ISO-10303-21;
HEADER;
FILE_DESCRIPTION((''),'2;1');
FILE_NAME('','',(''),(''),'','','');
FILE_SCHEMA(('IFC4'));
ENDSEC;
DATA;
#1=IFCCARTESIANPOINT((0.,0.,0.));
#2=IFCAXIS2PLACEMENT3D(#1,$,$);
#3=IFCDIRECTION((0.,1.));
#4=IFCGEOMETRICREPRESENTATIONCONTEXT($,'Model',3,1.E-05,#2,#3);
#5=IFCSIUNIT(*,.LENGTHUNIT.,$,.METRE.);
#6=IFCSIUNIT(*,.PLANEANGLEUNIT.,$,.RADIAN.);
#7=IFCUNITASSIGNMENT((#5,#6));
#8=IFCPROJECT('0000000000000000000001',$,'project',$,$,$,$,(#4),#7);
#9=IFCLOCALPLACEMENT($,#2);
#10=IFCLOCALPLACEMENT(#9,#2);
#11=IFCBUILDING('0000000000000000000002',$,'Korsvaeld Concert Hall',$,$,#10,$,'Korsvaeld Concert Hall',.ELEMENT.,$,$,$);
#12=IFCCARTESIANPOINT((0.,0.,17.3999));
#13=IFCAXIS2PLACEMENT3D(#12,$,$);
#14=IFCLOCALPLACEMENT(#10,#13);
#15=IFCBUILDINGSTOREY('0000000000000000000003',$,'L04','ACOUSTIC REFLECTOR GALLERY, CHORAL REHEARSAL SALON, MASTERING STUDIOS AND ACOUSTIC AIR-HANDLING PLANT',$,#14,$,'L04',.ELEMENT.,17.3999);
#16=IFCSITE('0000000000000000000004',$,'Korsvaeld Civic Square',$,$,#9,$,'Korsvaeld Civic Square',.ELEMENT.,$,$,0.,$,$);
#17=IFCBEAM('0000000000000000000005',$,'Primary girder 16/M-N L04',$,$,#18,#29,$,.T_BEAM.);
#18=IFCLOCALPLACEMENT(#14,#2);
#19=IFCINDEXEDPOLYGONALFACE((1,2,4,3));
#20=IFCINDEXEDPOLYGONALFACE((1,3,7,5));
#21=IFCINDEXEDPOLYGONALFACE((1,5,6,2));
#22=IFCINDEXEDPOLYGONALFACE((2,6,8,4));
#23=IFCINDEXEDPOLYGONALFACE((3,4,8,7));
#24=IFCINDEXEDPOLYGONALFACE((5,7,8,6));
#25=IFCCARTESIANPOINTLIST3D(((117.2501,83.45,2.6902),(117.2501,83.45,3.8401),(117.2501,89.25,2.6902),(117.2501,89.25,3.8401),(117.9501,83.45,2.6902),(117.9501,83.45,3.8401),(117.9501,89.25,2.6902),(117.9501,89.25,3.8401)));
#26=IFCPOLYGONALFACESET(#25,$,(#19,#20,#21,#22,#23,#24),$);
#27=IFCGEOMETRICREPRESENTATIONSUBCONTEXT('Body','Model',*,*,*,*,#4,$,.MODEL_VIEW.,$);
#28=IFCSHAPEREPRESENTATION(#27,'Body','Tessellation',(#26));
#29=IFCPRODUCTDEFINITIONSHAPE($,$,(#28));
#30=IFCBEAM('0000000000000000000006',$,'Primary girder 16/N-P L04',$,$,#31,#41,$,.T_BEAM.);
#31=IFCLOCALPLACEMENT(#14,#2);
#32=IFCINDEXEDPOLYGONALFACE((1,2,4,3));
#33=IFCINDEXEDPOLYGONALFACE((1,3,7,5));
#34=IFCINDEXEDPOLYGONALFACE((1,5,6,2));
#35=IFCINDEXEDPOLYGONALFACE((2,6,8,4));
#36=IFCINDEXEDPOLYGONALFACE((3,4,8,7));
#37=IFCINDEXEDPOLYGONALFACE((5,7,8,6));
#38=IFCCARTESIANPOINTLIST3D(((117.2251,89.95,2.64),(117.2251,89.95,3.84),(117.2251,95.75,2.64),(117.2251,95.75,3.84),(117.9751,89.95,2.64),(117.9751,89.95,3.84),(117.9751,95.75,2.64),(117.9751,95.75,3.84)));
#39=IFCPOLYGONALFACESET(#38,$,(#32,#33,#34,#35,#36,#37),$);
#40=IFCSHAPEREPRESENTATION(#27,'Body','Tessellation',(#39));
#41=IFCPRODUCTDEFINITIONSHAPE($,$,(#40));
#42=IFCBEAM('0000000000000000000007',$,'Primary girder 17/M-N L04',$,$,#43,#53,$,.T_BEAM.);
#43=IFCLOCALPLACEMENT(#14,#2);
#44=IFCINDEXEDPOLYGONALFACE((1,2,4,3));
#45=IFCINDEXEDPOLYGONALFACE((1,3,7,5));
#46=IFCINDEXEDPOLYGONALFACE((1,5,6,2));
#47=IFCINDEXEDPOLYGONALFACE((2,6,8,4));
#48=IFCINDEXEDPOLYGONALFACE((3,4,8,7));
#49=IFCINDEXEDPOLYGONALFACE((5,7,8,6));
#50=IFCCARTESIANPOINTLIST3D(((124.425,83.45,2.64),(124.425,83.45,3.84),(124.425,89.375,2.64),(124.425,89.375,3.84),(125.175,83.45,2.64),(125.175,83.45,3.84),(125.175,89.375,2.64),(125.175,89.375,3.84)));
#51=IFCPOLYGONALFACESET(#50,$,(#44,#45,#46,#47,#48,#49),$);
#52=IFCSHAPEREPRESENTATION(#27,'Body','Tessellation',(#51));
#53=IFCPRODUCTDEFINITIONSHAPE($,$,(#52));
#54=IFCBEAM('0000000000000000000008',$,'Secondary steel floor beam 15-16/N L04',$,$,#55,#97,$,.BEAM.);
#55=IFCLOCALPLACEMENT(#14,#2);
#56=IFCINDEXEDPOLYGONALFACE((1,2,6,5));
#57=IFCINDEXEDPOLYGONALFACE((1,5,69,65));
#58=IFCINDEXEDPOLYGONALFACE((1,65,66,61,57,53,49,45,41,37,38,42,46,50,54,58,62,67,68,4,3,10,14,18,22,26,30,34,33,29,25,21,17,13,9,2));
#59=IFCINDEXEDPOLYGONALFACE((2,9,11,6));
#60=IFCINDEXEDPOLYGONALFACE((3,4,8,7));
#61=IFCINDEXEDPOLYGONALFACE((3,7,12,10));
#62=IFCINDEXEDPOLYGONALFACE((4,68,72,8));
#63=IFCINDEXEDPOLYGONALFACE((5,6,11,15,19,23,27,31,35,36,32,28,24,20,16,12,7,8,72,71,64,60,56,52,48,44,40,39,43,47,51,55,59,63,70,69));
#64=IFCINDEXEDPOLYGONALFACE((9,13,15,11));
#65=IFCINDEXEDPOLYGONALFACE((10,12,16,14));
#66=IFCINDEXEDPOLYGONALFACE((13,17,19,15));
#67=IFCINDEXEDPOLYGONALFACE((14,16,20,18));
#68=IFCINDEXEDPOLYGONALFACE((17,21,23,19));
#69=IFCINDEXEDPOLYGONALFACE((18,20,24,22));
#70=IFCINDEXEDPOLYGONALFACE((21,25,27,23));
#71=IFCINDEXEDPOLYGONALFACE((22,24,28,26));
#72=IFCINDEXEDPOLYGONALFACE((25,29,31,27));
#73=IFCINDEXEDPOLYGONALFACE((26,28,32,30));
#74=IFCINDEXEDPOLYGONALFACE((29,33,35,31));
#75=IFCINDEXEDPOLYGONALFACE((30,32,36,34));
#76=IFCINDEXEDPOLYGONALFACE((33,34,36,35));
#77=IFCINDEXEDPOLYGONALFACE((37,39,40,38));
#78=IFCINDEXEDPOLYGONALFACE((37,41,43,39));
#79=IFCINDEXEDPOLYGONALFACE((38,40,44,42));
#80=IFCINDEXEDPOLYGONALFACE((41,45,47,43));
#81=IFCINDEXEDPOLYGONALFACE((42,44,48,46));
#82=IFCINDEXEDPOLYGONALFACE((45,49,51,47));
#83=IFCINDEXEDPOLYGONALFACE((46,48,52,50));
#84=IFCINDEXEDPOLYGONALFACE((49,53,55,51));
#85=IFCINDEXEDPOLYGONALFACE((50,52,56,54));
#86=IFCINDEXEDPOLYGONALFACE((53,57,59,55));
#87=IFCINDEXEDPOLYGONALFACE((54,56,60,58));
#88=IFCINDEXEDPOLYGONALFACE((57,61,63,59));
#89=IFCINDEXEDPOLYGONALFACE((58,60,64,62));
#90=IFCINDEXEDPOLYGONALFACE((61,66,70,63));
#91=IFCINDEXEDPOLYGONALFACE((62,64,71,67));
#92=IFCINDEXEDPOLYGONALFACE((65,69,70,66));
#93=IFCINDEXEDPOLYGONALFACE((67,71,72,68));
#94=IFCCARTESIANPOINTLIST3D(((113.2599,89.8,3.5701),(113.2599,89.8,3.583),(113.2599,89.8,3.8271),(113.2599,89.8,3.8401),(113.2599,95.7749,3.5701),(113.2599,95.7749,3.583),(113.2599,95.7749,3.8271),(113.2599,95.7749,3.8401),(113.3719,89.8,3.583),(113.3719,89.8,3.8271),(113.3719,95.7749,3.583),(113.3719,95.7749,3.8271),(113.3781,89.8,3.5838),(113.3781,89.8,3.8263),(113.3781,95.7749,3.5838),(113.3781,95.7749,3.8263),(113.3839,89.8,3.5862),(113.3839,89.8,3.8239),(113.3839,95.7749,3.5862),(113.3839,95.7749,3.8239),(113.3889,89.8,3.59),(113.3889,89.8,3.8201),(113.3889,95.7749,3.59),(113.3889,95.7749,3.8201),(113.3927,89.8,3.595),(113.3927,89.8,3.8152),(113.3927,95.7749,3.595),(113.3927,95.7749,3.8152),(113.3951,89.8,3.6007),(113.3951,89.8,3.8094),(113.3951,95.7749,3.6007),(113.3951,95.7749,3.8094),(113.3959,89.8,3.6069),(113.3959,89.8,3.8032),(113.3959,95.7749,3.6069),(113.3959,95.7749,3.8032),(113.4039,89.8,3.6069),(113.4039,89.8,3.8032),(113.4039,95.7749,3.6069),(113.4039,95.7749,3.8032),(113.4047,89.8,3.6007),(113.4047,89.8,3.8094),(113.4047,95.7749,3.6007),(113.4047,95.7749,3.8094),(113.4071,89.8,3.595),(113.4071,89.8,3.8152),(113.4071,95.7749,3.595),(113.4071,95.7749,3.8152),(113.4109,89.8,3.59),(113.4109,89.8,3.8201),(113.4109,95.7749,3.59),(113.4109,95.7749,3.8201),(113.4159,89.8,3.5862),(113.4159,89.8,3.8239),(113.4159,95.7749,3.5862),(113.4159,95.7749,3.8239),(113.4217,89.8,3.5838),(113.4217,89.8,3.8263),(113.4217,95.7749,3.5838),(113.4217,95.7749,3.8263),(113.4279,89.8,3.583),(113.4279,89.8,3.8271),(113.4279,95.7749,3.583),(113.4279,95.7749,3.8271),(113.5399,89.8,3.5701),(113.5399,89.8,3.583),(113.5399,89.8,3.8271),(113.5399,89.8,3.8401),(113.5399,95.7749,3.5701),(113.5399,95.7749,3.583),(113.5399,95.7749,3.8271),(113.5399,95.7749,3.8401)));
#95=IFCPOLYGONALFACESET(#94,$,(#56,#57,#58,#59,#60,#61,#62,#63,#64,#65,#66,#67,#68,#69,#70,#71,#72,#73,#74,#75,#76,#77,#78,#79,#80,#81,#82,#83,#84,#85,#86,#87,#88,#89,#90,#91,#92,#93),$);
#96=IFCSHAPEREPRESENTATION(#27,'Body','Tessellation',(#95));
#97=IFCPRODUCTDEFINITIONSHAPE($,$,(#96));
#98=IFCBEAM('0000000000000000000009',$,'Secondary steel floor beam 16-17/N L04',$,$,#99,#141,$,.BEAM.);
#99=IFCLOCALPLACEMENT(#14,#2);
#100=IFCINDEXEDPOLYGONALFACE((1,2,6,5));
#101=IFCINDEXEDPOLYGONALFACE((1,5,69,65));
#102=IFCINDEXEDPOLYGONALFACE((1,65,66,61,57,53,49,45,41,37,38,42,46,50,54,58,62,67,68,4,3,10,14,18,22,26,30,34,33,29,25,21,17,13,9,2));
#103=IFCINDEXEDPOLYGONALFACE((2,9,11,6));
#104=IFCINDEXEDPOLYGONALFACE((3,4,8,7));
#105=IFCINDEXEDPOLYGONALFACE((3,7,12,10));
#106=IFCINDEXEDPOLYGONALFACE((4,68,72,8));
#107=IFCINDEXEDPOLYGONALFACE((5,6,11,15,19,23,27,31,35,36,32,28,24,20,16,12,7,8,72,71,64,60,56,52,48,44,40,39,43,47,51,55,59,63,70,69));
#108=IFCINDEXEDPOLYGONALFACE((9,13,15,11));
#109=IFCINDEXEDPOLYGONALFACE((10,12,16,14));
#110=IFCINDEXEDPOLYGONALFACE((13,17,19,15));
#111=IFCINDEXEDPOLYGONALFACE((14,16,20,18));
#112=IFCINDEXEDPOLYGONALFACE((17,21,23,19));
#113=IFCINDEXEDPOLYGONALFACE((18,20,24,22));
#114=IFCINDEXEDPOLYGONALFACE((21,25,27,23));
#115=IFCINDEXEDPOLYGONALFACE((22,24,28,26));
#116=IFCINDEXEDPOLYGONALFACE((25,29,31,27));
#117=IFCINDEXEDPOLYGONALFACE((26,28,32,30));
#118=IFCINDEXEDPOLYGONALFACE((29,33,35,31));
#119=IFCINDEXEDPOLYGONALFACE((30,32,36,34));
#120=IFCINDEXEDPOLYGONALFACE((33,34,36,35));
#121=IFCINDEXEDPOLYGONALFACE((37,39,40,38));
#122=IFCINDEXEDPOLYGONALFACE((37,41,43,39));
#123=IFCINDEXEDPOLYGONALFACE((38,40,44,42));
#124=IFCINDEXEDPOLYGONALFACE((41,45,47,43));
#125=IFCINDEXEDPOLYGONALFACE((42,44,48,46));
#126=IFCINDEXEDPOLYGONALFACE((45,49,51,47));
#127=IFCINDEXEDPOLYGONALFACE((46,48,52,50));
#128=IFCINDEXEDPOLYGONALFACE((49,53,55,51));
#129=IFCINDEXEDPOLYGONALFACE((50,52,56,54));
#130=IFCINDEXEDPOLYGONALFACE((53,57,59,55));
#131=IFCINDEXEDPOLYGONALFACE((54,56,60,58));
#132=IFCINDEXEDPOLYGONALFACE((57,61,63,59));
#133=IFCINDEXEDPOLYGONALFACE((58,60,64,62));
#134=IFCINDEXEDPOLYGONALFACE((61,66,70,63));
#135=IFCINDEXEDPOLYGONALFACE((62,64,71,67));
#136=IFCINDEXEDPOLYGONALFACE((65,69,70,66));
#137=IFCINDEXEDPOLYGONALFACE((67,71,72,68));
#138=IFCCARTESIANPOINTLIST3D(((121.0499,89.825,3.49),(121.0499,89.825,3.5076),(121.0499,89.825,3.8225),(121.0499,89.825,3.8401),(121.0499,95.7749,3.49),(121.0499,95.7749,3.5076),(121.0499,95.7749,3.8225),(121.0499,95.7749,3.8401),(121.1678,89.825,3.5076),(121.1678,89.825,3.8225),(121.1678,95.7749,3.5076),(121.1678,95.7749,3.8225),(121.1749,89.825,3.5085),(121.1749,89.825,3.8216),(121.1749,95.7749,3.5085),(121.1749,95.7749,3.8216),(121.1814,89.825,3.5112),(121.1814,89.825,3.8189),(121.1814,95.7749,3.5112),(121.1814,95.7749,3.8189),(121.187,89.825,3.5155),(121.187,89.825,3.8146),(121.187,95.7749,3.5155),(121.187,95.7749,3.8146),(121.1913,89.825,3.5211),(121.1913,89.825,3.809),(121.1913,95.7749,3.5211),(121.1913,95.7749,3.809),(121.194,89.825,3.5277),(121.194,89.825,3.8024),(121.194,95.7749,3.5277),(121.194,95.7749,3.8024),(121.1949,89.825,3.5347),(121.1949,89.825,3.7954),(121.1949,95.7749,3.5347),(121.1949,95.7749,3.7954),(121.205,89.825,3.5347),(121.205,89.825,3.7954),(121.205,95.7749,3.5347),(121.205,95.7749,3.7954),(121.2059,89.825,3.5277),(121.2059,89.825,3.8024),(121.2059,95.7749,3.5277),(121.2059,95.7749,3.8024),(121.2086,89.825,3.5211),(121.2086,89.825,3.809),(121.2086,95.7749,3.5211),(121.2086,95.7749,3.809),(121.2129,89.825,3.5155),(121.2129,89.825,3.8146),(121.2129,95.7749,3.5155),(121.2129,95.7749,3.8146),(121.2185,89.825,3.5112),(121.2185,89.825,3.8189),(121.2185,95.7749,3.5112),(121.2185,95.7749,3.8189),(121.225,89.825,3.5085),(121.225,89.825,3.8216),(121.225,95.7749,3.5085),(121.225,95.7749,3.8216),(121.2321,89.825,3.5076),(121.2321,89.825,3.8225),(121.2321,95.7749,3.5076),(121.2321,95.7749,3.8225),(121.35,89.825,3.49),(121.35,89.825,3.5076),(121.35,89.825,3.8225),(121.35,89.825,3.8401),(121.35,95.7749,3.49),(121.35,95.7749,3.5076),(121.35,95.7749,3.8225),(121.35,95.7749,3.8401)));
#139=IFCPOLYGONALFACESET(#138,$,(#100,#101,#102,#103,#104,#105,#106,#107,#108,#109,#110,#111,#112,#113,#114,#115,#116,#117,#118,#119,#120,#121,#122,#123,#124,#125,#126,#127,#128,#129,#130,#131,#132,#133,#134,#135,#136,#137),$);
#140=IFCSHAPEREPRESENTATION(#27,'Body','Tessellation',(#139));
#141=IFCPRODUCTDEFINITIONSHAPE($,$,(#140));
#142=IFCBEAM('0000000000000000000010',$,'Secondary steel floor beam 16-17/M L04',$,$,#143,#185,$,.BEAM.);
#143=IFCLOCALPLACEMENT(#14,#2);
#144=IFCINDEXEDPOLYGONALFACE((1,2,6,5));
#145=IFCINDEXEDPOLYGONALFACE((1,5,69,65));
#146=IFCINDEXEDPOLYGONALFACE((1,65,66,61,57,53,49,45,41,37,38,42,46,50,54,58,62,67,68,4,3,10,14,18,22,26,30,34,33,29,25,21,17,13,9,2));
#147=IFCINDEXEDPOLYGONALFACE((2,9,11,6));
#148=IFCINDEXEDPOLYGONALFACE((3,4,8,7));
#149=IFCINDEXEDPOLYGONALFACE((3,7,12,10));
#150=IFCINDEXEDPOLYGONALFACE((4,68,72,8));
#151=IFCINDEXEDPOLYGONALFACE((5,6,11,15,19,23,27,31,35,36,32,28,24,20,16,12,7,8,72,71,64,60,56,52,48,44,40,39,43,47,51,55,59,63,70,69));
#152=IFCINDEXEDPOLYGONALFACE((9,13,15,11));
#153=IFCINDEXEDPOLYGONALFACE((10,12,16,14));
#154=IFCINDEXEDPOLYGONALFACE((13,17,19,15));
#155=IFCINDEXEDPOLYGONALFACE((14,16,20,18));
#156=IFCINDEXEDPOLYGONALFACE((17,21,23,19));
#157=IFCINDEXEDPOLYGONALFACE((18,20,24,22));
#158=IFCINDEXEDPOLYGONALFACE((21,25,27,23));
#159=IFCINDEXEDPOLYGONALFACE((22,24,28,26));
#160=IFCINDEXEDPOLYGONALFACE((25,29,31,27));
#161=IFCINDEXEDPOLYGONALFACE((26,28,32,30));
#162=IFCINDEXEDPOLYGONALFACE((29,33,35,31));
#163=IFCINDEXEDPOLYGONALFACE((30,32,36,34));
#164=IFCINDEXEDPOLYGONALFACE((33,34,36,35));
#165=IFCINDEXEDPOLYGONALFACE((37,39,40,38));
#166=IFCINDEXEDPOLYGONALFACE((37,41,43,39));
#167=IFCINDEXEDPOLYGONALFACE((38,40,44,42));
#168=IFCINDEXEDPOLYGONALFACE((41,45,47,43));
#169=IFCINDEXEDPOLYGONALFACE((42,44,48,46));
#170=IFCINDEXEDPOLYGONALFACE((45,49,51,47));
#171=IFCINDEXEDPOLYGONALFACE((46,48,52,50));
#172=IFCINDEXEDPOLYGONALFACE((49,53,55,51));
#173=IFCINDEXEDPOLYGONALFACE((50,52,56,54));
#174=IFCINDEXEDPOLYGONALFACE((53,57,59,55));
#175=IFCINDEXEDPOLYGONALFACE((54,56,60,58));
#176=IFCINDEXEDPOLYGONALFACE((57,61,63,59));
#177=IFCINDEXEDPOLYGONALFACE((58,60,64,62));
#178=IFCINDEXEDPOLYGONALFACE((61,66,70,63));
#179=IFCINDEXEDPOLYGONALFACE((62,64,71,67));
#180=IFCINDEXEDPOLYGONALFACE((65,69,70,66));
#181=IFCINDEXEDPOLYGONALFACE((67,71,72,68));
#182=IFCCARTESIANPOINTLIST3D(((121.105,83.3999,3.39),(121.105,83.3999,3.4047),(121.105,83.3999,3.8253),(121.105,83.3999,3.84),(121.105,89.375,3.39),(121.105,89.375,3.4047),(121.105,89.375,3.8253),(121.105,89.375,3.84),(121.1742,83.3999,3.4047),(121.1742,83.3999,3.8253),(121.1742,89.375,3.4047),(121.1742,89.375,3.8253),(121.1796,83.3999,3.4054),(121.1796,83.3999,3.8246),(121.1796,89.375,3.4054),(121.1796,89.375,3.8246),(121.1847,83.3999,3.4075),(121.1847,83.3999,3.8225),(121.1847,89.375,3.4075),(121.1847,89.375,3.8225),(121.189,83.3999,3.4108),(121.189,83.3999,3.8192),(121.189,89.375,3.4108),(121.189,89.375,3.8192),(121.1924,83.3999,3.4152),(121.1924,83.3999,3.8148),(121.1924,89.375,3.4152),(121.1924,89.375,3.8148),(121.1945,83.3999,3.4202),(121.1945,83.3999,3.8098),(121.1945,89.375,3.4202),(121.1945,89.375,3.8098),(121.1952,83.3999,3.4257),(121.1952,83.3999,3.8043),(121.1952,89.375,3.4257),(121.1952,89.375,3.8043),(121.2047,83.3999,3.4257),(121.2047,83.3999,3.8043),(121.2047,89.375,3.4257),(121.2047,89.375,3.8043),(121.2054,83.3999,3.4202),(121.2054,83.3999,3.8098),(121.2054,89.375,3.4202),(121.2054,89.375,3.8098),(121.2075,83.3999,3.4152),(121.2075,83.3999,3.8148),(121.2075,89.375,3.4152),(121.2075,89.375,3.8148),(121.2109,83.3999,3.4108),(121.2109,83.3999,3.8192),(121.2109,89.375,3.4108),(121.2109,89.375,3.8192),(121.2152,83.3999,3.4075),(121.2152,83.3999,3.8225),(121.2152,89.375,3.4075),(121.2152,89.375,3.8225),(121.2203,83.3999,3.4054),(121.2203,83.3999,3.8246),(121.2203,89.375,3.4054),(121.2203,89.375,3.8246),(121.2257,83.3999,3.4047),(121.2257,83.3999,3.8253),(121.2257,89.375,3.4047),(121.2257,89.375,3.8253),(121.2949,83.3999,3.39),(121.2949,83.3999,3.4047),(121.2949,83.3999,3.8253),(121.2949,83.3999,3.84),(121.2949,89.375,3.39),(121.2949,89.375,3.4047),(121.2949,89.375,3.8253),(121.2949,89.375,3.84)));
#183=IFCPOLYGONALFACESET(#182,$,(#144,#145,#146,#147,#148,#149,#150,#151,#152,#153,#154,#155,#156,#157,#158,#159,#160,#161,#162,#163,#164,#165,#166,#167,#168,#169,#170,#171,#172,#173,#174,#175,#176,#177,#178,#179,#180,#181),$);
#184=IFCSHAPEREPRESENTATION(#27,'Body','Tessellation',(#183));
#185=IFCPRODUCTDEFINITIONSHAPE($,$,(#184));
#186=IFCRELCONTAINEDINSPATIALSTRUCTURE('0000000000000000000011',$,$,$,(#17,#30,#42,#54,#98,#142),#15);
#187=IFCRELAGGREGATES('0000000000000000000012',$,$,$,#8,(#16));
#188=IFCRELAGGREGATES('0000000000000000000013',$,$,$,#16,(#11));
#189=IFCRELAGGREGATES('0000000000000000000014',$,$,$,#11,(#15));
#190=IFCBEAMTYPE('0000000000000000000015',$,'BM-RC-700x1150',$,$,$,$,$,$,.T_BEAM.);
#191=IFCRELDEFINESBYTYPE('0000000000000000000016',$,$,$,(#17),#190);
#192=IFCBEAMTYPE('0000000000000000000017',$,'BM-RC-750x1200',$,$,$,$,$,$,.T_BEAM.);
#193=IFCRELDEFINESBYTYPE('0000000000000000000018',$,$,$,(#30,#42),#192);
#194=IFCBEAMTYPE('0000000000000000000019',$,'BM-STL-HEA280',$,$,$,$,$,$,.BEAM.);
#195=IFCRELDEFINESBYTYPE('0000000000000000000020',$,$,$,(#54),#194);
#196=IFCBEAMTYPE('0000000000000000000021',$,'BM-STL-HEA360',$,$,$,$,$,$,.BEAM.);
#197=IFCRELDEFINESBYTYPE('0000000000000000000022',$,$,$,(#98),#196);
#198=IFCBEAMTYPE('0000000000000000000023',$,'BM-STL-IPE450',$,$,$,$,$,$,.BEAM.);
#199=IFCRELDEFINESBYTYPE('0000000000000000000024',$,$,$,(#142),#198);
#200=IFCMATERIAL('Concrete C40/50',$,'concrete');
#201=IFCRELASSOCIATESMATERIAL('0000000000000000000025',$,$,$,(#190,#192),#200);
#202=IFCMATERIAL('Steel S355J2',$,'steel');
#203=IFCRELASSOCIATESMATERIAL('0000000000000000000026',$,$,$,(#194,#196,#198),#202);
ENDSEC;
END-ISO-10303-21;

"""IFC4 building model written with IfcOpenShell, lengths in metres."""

from ifc_helpers import new_model, si_unit, direction, frame, origin, origin_2d, place, context, subcontext, project, spatial, rectangle, i_section, extrude, material, material_profile, profile_set, type_object, element, save


model = new_model("IFC4")

# Units and contexts
model_context = context("Model", 3, precision=1e-05, world=origin(), true_north=direction((0.0, 1.0)))
body_context = subcontext(model_context, "Body", "Model", "MODEL_VIEW")
ifc_project = project(units=[si_unit("LENGTHUNIT", "METRE"), si_unit("PLANEANGLEUNIT", "RADIAN")], contexts=[model_context])

# Site, building, storey
site_placement = place(None, origin())
site = spatial("IfcSite", under=ifc_project, at=site_placement, Name="Korsvaeld Civic Square", LongName="Korsvaeld Civic Square", CompositionType="ELEMENT", RefElevation=0.0)
building_placement = place(site_placement, origin())
building = spatial("IfcBuilding", under=site, at=building_placement, Name="Korsvaeld Concert Hall", LongName="Korsvaeld Concert Hall", CompositionType="ELEMENT")
storey_placement = place(building_placement, frame((0.0, 0.0, 17.3999)))
storey = spatial("IfcBuildingStorey", under=building, at=storey_placement, Name="L04", Description="ACOUSTIC REFLECTOR GALLERY, CHORAL REHEARSAL SALON, MASTERING STUDIOS AND ACOUSTIC AIR-HANDLING PLANT", LongName="L04", CompositionType="ELEMENT", Elevation=17.3999)

# Shared definitions
ifc_material_1 = material(Name="Concrete C40/50", Category="concrete")

# Beams
ifc_material_2 = material(Name="Steel S355J2", Category="steel")
ifc_material_profile_1 = material_profile(ifc_material_1, rectangle(XDim=0.7, YDim=1.1499, at=origin_2d()), Name="RC 700x1150")
ifc_profile_set_1 = profile_set([ifc_material_profile_1], Name="Concrete C40/50")
beam_type_1 = type_object("IfcBeamType", Name="BM-RC-700x1150", PredefinedType="T_BEAM", material=ifc_profile_set_1)
beam_1_placement = place(storey_placement, frame((117.6001, 83.45, 3.2651), z_axis=(0.0, 1.0, 0.0), x_axis=(-1.0, 0.0, 0.0)))
element("IfcBeam", 1, at=beam_1_placement, inside=storey, type_object=beam_type_1, Name="Primary girder 16/M-N L04", PredefinedType="T_BEAM", context=body_context, shape_type="SweptSolid", body=[
    extrude(rectangle(XDim=0.7, YDim=1.1499, at=origin_2d()), origin(), (0.0, 0.0, 1.0), 5.8),
])
ifc_material_profile_2 = material_profile(ifc_material_1, rectangle(XDim=0.75, YDim=1.2, at=origin_2d()), Name="RC 750x1200")
ifc_profile_set_2 = profile_set([ifc_material_profile_2], Name="Concrete C40/50")
beam_type_2 = type_object("IfcBeamType", Name="BM-RC-750x1200", PredefinedType="T_BEAM", material=ifc_profile_set_2)
beam_2_placement = place(storey_placement, frame((117.6001, 89.95, 3.24), z_axis=(0.0, 1.0, 0.0), x_axis=(-1.0, 0.0, 0.0)))
element("IfcBeam", 2, at=beam_2_placement, inside=storey, type_object=beam_type_2, Name="Primary girder 16/N-P L04", PredefinedType="T_BEAM", context=body_context, shape_type="SweptSolid", body=[
    extrude(rectangle(XDim=0.75, YDim=1.2, at=origin_2d()), origin(), (0.0, 0.0, 1.0), 5.8),
])
beam_3_placement = place(storey_placement, frame((124.8, 83.45, 3.24), z_axis=(0.0, 1.0, 0.0), x_axis=(-1.0, 0.0, 0.0)))
element("IfcBeam", 3, at=beam_3_placement, inside=storey, type_object=beam_type_2, Name="Primary girder 17/M-N L04", PredefinedType="T_BEAM", context=body_context, shape_type="SweptSolid", body=[
    extrude(rectangle(XDim=0.75, YDim=1.2, at=origin_2d()), origin(), (0.0, 0.0, 1.0), 5.925),
])
ifc_material_profile_3 = material_profile(ifc_material_2, i_section(OverallWidth=0.28, OverallDepth=0.27, WebThickness=0.0081, FlangeThickness=0.0129, FilletRadius=0.0239, at=origin_2d()), Name="HEA 280")
ifc_profile_set_3 = profile_set([ifc_material_profile_3], Name="Steel S355J2")
beam_type_3 = type_object("IfcBeamType", Name="BM-STL-HEA280", PredefinedType="BEAM", material=ifc_profile_set_3)
beam_4_placement = place(storey_placement, frame((113.3999, 89.8, 3.7051), z_axis=(0.0, 1.0, 0.0), x_axis=(-1.0, 0.0, 0.0)))
element("IfcBeam", 4, at=beam_4_placement, inside=storey, type_object=beam_type_3, Name="Secondary steel floor beam 15-16/N L04", PredefinedType="BEAM", context=body_context, shape_type="SweptSolid", body=[
    extrude(i_section(OverallWidth=0.28, OverallDepth=0.27, WebThickness=0.0081, FlangeThickness=0.0129, FilletRadius=0.0239, at=origin_2d()), origin(), (0.0, 0.0, 1.0), 5.9749),
])
ifc_material_profile_4 = material_profile(ifc_material_2, i_section(OverallWidth=0.3, OverallDepth=0.3501, WebThickness=0.01, FlangeThickness=0.0176, FilletRadius=0.0271, at=origin_2d()), Name="HEA 360")
ifc_profile_set_4 = profile_set([ifc_material_profile_4], Name="Steel S355J2")
beam_type_4 = type_object("IfcBeamType", Name="BM-STL-HEA360", PredefinedType="BEAM", material=ifc_profile_set_4)
beam_5_placement = place(storey_placement, frame((121.2, 89.825, 3.665), z_axis=(0.0, 1.0, 0.0), x_axis=(-1.0, 0.0, 0.0)))
element("IfcBeam", 5, at=beam_5_placement, inside=storey, type_object=beam_type_4, Name="Secondary steel floor beam 16-17/N L04", PredefinedType="BEAM", context=body_context, shape_type="SweptSolid", body=[
    extrude(i_section(OverallWidth=0.3, OverallDepth=0.3501, WebThickness=0.01, FlangeThickness=0.0176, FilletRadius=0.0271, at=origin_2d()), origin(), (0.0, 0.0, 1.0), 5.95),
])
ifc_material_profile_5 = material_profile(ifc_material_2, i_section(OverallWidth=0.1899, OverallDepth=0.45, WebThickness=0.0095, FlangeThickness=0.0146, FilletRadius=0.021, at=origin_2d()), Name="IPE 450")
ifc_profile_set_5 = profile_set([ifc_material_profile_5], Name="Steel S355J2")
beam_type_5 = type_object("IfcBeamType", Name="BM-STL-IPE450", PredefinedType="BEAM", material=ifc_profile_set_5)
beam_6_placement = place(storey_placement, frame((121.2, 83.3999, 3.615), z_axis=(0.0, 1.0, 0.0), x_axis=(-1.0, 0.0, 0.0)))
element("IfcBeam", 6, at=beam_6_placement, inside=storey, type_object=beam_type_5, Name="Secondary steel floor beam 16-17/M L04", PredefinedType="BEAM", context=body_context, shape_type="SweptSolid", body=[
    extrude(i_section(OverallWidth=0.1899, OverallDepth=0.45, WebThickness=0.0095, FlangeThickness=0.0146, FilletRadius=0.021, at=origin_2d()), origin(), (0.0, 0.0, 1.0), 5.9751),
])

save(model, "model.ifc")
